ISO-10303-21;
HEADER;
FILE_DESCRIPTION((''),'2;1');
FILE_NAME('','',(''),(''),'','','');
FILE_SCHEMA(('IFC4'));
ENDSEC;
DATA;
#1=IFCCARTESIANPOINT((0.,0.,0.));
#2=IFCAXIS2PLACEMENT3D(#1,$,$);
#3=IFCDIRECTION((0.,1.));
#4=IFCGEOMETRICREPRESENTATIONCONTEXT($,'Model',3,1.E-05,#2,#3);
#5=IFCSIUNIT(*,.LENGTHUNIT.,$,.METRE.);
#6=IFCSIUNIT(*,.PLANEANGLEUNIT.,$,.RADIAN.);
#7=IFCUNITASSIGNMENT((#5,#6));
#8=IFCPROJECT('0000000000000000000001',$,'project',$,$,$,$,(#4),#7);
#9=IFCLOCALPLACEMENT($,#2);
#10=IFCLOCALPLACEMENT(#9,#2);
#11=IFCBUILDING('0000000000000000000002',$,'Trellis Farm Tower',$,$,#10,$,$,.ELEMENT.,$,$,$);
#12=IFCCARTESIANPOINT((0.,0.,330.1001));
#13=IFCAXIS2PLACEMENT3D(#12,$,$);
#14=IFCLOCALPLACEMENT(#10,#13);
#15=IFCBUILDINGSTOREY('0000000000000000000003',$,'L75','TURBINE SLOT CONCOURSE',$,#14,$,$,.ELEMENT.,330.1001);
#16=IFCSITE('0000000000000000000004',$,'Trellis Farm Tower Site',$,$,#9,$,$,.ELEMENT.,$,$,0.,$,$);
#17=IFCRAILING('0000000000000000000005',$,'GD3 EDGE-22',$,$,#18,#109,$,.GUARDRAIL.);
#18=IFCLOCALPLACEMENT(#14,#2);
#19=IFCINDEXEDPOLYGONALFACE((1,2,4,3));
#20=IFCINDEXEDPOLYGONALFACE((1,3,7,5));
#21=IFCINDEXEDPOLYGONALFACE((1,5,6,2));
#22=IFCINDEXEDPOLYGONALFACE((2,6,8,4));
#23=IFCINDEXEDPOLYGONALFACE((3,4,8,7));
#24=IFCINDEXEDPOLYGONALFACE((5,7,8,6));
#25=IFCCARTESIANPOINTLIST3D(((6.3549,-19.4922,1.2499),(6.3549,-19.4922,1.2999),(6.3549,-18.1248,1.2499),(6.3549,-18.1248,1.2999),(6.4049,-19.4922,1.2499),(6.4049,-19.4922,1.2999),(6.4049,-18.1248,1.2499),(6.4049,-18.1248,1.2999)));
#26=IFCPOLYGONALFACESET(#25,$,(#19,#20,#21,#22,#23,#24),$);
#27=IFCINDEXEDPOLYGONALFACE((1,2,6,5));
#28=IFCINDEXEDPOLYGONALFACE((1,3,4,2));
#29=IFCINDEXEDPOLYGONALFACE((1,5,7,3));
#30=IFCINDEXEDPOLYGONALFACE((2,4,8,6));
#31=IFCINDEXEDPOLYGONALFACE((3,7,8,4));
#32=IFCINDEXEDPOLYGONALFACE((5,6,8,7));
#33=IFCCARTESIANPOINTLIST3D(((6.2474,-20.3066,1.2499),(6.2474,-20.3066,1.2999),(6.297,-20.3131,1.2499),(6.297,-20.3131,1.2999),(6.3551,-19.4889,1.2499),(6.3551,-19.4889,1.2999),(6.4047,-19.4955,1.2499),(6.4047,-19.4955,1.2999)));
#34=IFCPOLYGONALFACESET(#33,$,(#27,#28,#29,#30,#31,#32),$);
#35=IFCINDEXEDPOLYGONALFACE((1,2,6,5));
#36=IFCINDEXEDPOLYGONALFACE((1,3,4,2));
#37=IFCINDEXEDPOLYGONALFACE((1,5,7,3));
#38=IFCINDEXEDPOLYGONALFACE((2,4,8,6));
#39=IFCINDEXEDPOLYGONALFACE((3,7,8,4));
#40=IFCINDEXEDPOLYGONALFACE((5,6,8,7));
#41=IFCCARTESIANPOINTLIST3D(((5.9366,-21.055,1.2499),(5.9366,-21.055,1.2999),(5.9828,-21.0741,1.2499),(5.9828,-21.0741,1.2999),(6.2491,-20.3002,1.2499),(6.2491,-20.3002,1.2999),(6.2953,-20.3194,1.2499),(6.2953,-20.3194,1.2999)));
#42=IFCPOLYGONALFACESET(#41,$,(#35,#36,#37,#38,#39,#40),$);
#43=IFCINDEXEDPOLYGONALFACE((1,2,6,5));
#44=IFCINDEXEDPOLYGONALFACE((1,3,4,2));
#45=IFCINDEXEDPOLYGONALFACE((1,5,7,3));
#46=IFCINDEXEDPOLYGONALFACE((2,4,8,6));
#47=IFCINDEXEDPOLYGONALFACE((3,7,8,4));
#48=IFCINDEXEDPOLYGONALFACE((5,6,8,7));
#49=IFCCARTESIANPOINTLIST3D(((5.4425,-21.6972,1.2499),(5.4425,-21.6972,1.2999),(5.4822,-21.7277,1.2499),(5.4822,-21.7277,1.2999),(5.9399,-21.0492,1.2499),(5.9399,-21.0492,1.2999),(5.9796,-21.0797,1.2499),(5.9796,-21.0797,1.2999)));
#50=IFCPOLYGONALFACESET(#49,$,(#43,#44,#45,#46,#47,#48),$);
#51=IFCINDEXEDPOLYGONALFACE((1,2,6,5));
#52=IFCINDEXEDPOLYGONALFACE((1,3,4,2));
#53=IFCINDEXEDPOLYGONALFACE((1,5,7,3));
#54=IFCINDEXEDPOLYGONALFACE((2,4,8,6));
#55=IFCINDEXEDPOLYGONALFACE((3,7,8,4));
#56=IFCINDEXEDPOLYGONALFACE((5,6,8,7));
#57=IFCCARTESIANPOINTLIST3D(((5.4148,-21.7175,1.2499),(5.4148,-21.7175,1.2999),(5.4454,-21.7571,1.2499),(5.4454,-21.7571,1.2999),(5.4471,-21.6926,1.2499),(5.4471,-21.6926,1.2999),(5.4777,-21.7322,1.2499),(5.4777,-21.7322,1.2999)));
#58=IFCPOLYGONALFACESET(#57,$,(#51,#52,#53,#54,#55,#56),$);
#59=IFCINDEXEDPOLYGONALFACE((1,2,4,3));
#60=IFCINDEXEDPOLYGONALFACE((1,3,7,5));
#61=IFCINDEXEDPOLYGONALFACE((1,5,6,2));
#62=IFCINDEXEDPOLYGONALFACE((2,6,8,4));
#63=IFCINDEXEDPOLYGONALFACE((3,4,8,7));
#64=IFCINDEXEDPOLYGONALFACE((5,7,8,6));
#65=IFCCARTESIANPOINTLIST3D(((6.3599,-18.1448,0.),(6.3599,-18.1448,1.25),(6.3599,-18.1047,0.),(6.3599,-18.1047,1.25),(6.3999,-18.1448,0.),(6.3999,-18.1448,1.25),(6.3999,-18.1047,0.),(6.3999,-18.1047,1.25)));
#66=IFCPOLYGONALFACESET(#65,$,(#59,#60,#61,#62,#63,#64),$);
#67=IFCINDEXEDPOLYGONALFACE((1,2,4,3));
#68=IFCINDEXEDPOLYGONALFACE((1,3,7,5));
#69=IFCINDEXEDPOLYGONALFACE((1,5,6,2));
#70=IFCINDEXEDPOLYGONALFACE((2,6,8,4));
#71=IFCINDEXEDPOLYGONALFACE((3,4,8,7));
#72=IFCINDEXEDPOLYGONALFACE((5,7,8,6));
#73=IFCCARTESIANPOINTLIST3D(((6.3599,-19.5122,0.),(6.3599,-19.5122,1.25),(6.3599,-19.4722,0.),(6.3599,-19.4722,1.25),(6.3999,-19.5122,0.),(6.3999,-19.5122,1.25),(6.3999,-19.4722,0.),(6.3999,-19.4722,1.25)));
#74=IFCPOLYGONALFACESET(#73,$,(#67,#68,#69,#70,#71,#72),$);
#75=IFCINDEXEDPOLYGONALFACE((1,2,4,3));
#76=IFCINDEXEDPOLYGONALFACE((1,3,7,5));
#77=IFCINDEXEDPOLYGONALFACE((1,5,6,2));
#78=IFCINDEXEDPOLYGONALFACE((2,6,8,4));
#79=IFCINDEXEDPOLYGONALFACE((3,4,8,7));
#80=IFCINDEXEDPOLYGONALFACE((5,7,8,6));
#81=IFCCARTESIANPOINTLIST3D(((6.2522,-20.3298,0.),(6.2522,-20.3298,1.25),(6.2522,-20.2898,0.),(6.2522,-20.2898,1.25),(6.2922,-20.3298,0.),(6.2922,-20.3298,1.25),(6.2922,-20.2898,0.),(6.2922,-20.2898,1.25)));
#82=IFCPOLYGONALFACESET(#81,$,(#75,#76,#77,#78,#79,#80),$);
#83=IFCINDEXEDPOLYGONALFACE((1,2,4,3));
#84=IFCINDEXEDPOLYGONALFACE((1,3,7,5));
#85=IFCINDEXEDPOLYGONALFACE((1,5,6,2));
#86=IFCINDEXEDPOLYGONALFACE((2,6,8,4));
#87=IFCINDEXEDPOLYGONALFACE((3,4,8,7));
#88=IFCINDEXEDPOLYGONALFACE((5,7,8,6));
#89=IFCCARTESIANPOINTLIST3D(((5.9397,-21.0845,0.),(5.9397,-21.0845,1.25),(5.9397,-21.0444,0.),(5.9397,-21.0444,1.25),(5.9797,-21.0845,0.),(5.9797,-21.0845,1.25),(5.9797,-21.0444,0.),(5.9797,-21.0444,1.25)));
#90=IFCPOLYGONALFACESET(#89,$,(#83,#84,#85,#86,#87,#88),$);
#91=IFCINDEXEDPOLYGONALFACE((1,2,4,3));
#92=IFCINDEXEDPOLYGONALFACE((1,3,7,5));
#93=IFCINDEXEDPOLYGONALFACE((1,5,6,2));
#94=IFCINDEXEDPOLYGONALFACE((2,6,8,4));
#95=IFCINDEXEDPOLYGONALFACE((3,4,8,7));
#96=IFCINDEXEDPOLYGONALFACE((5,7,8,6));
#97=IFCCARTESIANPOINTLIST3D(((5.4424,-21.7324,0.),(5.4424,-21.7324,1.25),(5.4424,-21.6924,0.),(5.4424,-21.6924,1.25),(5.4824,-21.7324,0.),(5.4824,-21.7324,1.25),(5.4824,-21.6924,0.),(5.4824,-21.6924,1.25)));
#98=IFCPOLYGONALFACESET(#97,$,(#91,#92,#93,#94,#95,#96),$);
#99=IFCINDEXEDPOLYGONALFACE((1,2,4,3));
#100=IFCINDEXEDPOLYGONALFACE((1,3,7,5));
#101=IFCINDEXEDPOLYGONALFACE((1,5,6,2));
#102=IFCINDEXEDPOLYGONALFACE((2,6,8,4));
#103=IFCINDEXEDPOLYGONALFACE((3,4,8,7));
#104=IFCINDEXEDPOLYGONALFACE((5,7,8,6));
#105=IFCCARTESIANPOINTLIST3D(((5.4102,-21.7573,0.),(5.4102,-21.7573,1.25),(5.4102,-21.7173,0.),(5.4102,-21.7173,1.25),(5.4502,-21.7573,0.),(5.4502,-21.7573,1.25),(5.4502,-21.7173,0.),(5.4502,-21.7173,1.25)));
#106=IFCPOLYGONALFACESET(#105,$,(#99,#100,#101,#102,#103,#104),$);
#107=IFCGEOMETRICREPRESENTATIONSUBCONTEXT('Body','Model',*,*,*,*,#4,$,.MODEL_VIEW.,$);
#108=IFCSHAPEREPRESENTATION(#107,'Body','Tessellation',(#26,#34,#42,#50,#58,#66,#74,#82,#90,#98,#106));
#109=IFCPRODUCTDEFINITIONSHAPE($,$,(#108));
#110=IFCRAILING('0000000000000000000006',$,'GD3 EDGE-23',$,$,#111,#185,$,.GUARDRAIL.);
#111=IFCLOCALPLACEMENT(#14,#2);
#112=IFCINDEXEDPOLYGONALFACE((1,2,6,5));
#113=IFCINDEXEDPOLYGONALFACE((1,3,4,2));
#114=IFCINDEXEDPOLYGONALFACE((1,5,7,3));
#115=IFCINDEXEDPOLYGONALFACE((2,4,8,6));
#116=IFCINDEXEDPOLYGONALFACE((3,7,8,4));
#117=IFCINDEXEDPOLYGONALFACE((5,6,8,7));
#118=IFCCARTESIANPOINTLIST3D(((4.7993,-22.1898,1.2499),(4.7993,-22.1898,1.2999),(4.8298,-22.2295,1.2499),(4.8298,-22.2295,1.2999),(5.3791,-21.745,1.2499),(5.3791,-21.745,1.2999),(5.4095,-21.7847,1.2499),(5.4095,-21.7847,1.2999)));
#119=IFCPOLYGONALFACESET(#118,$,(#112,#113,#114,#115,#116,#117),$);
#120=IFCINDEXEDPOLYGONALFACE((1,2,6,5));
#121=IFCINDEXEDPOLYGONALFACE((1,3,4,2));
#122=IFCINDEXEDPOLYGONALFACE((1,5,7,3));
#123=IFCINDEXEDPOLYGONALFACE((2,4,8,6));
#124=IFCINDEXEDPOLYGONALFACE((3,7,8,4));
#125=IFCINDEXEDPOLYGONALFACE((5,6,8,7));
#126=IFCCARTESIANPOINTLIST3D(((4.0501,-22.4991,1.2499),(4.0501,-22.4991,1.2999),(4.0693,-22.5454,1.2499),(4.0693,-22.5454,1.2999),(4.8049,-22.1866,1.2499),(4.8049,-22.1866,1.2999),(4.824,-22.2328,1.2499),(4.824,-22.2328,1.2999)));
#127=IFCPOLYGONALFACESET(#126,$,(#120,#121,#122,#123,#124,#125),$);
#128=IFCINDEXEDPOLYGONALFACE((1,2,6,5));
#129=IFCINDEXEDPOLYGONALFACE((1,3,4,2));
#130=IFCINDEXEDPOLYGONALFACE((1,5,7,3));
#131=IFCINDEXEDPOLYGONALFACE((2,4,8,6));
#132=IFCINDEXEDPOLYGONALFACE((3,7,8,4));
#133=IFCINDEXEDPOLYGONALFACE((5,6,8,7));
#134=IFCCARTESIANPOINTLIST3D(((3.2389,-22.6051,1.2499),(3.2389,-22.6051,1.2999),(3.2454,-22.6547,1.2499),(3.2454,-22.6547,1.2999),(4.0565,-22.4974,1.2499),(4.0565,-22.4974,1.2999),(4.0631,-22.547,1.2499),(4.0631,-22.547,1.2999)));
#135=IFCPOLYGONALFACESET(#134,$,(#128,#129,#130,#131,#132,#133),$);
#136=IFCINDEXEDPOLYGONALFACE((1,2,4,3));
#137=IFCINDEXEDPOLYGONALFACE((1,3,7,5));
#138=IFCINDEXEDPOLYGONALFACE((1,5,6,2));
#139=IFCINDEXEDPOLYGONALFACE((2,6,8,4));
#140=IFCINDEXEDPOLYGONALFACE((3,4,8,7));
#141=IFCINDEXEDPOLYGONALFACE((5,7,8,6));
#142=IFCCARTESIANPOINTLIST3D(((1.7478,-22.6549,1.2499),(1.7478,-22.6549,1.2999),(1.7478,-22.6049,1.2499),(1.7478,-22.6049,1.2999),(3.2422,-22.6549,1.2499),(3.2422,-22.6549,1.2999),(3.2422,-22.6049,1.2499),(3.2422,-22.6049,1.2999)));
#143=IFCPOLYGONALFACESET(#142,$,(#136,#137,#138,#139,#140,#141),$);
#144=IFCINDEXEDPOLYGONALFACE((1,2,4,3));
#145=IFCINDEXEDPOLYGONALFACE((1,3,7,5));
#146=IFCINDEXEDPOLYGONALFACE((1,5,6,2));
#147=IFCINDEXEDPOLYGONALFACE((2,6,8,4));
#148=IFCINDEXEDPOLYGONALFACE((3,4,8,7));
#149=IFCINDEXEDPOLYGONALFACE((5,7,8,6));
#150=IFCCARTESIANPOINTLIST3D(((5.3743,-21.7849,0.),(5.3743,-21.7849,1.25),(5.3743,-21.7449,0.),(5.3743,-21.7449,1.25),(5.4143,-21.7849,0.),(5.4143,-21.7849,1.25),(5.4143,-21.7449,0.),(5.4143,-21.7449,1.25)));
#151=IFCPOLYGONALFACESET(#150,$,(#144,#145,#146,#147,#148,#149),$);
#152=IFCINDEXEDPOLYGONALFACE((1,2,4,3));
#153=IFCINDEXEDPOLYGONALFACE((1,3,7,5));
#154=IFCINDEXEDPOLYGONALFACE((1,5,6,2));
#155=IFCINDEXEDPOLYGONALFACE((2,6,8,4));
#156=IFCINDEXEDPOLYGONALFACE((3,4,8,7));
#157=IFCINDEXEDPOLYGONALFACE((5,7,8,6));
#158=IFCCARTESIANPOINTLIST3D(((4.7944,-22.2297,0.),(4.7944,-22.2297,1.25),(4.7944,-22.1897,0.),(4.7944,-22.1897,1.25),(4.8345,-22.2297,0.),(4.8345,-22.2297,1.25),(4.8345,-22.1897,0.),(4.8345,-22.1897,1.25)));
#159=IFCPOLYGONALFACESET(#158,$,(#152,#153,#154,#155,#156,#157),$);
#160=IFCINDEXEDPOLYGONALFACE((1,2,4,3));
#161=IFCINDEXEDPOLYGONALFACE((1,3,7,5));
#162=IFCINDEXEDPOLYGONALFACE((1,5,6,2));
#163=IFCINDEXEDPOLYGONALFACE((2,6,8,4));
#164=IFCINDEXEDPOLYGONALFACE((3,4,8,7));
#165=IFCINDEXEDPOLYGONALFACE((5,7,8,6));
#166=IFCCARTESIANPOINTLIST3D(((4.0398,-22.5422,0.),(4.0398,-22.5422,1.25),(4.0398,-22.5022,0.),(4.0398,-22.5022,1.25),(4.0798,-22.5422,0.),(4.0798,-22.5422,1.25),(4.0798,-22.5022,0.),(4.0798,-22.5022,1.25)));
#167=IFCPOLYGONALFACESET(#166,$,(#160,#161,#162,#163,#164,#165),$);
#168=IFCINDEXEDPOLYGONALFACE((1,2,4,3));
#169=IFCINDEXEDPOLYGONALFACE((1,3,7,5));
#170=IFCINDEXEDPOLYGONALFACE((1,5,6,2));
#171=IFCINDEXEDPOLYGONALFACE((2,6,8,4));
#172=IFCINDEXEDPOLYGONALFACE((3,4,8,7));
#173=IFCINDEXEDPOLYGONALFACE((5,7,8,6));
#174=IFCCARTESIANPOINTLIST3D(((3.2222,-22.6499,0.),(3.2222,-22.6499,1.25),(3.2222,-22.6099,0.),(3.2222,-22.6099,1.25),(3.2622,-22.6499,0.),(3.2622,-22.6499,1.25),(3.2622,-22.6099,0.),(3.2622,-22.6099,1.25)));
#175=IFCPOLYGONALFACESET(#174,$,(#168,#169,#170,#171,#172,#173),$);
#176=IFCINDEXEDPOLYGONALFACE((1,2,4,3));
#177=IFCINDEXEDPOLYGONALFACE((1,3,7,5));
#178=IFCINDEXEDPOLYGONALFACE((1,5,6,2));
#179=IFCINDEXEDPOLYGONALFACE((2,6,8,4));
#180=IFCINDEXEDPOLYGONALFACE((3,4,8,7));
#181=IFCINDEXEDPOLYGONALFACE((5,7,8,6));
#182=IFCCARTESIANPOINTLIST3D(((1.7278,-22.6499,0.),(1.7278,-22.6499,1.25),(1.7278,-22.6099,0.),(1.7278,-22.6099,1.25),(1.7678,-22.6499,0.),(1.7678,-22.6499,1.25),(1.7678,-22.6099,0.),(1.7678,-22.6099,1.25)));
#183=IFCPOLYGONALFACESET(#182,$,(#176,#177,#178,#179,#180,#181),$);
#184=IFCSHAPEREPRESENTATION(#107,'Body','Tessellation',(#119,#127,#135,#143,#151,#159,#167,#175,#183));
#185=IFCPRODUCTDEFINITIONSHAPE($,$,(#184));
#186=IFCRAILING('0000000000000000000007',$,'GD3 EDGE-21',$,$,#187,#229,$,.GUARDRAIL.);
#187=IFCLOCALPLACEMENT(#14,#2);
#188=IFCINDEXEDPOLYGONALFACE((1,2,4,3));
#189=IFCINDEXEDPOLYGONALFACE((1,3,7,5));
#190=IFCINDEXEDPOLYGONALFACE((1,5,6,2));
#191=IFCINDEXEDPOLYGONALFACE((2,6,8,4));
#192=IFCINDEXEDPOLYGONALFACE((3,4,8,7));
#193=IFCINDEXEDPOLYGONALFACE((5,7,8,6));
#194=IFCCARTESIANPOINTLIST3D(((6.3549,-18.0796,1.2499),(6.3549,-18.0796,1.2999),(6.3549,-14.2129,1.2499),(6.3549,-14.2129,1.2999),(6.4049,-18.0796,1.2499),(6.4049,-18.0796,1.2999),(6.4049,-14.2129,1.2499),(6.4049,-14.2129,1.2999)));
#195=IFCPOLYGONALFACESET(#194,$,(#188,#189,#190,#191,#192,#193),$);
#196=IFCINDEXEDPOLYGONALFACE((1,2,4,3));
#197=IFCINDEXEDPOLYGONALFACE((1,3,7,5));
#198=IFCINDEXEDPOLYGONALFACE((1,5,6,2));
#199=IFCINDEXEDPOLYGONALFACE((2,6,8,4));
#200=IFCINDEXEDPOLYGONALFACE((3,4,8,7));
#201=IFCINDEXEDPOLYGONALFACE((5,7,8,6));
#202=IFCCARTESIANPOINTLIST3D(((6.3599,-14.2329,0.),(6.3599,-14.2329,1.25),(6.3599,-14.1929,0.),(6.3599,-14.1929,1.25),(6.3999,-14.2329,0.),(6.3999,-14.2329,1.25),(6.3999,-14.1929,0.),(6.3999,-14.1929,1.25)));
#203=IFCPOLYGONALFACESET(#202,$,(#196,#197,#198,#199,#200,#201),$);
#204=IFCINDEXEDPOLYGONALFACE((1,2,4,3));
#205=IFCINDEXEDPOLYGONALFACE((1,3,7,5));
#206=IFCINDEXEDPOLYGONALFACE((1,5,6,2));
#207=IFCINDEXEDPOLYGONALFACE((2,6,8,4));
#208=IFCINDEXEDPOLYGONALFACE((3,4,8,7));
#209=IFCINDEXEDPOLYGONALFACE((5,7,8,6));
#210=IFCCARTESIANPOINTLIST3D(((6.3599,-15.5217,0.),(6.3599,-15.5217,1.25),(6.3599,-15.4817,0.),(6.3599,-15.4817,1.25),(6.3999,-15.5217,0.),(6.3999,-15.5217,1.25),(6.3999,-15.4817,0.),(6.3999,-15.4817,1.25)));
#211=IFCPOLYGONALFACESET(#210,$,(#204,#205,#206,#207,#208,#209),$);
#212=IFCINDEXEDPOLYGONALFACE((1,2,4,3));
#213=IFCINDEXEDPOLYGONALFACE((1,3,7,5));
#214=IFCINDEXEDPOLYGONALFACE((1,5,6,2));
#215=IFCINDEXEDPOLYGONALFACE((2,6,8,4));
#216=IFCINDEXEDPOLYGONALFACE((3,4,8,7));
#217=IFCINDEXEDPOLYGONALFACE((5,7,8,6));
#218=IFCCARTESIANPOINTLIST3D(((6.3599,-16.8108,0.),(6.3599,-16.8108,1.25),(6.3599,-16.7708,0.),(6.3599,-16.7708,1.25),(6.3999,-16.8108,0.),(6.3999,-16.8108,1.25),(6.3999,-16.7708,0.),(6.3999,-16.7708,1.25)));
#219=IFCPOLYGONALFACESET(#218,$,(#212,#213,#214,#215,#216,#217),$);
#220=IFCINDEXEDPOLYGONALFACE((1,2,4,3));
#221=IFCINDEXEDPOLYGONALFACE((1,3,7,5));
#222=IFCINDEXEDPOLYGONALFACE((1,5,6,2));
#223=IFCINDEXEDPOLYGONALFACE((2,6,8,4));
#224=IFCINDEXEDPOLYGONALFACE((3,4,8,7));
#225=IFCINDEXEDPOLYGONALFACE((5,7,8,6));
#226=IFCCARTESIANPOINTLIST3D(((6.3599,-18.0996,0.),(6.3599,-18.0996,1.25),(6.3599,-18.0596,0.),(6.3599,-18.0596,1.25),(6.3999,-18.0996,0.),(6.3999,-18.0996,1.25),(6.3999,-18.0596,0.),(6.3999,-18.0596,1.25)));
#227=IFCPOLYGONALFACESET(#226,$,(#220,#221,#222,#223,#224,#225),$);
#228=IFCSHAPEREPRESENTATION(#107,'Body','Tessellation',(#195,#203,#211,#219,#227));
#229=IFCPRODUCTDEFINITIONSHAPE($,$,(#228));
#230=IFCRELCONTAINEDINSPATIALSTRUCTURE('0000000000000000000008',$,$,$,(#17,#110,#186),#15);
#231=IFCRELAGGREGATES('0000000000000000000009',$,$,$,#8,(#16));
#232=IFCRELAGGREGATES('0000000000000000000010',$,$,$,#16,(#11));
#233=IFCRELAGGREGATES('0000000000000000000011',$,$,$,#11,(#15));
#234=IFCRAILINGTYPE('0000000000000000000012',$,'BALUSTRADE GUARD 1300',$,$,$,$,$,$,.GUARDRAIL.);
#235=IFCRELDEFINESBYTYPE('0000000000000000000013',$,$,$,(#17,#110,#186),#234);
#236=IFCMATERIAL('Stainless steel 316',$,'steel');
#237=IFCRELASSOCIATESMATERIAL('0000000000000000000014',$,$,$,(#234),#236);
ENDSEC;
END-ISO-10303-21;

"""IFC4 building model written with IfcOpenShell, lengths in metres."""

from ifc_helpers import new_model, si_unit, direction, frame, origin, origin_2d, place, context, subcontext, project, spatial, rectangle, extrude, source, transform, mapped, material, type_object, element, save


model = new_model("IFC4")

# Units and contexts
model_context = context("Model", 3, precision=1e-05, world=origin(), true_north=direction((0.0, 1.0)))
body_context = subcontext(model_context, "Body", "Model", "MODEL_VIEW")
ifc_project = project(units=[si_unit("LENGTHUNIT", "METRE"), si_unit("PLANEANGLEUNIT", "RADIAN")], contexts=[model_context])

# Site, building, storey
site_placement = place(None, origin())
site = spatial("IfcSite", under=ifc_project, at=site_placement, Name="Trellis Farm Tower Site", CompositionType="ELEMENT", RefElevation=0.0)
building_placement = place(site_placement, origin())
building = spatial("IfcBuilding", under=site, at=building_placement, Name="Trellis Farm Tower", CompositionType="ELEMENT")
storey_placement = place(building_placement, frame((0.0, 0.0, 330.1001)))
storey = spatial("IfcBuildingStorey", under=building, at=storey_placement, Name="L75", Description="TURBINE SLOT CONCOURSE", CompositionType="ELEMENT", Elevation=330.1001)

# Railings
ifc_material_1 = material(Name="Stainless steel 316", Category="steel")
railing_type = type_object("IfcRailingType", Name="BALUSTRADE GUARD 1300", PredefinedType="GUARDRAIL", material=ifc_material_1)
railing_1_placement = place(storey_placement, frame((6.3799, -18.1248, 0.0)))
element("IfcRailing", 1, at=railing_1_placement, inside=storey, type_object=railing_type, Name="GD3 EDGE-22", PredefinedType="GUARDRAIL", context=body_context, shape_type="SweptSolid", body=[
    extrude(rectangle(XDim=0.05, YDim=0.05, at=origin_2d()), frame((0.0, 0.0, 1.2749), z_axis=(0.0, -1.0, 0.0), x_axis=(1.0, 0.0, 0.0)), (0.0, 0.0, 1.0), 1.3674),
    extrude(rectangle(XDim=0.05, YDim=0.05, at=origin_2d()), frame((0.0, -1.3674, 1.2749), z_axis=(-0.130554, -0.991441, 0.0), x_axis=(0.991441, -0.130554, 0.0)), (0.0, 0.0, 1.0), 0.8247),
    extrude(rectangle(XDim=0.05, YDim=0.05, at=origin_2d()), frame((-0.1077, -2.1851, 1.2749), z_axis=(-0.382598, -0.923915, 0.0), x_axis=(0.923915, -0.382598, 0.0)), (0.0, 0.0, 1.0), 0.8169),
    extrude(rectangle(XDim=0.05, YDim=0.05, at=origin_2d()), frame((-0.4202, -2.9397, 1.2749), z_axis=(-0.608858, -0.793279, 0.0), x_axis=(0.793279, -0.608858, 0.0)), (0.0, 0.0, 1.0), 0.8169),
    extrude(rectangle(XDim=0.05, YDim=0.05, at=origin_2d()), frame((-0.9175, -3.5876, 1.2749), z_axis=(-0.791285, -0.611448, 0.0), x_axis=(0.611448, -0.791285, 0.0)), (0.0, 0.0, 1.0), 0.0408),
    extrude(rectangle(XDim=0.04, YDim=0.04, at=origin_2d()), origin(), (0.0, 0.0, 1.0), 1.25),
    extrude(rectangle(XDim=0.04, YDim=0.04, at=origin_2d()), frame((0.0, -1.3674, 0.0)), (0.0, 0.0, 1.0), 1.25),
    extrude(rectangle(XDim=0.04, YDim=0.04, at=origin_2d()), frame((-0.1077, -2.1851, 0.0)), (0.0, 0.0, 1.0), 1.25),
    extrude(rectangle(XDim=0.04, YDim=0.04, at=origin_2d()), frame((-0.4202, -2.9397, 0.0)), (0.0, 0.0, 1.0), 1.25),
    extrude(rectangle(XDim=0.04, YDim=0.04, at=origin_2d()), frame((-0.9175, -3.5876, 0.0)), (0.0, 0.0, 1.0), 1.25),
    extrude(rectangle(XDim=0.04, YDim=0.04, at=origin_2d()), frame((-0.9497, -3.6125, 0.0)), (0.0, 0.0, 1.0), 1.25),
])
railing_2_placement = place(storey_placement, frame((5.3943, -21.7649, 0.0)))
element("IfcRailing", 2, at=railing_2_placement, inside=storey, type_object=railing_type, Name="GD3 EDGE-23", PredefinedType="GUARDRAIL", context=body_context, shape_type="SweptSolid", body=[
    extrude(rectangle(XDim=0.05, YDim=0.05, at=origin_2d()), frame((0.0, 0.0, 1.2749), z_axis=(-0.793418, -0.608677, 0.0), x_axis=(0.608677, -0.793418, 0.0)), (0.0, 0.0, 1.0), 0.7307),
    extrude(rectangle(XDim=0.05, YDim=0.05, at=origin_2d()), frame((-0.5798, -0.4448, 1.2749), z_axis=(-0.923915, -0.382598, 0.0), x_axis=(0.382598, -0.923915, 0.0)), (0.0, 0.0, 1.0), 0.8169),
    extrude(rectangle(XDim=0.05, YDim=0.05, at=origin_2d()), frame((-1.3345, -0.7573, 1.2749), z_axis=(-0.991441, -0.130554, 0.0), x_axis=(0.130554, -0.991441, 0.0)), (0.0, 0.0, 1.0), 0.8247),
    extrude(rectangle(XDim=0.05, YDim=0.05, at=origin_2d()), frame((-2.1521, -0.865, 1.2749), z_axis=(-1.0, 0.0, 0.0), x_axis=(0.0, -1.0, 0.0)), (0.0, 0.0, 1.0), 1.4944),
    extrude(rectangle(XDim=0.04, YDim=0.04, at=origin_2d()), origin(), (0.0, 0.0, 1.0), 1.25),
    extrude(rectangle(XDim=0.04, YDim=0.04, at=origin_2d()), frame((-0.5798, -0.4448, 0.0)), (0.0, 0.0, 1.0), 1.25),
    extrude(rectangle(XDim=0.04, YDim=0.04, at=origin_2d()), frame((-1.3345, -0.7573, 0.0)), (0.0, 0.0, 1.0), 1.25),
    extrude(rectangle(XDim=0.04, YDim=0.04, at=origin_2d()), frame((-2.1521, -0.865, 0.0)), (0.0, 0.0, 1.0), 1.25),
    extrude(rectangle(XDim=0.04, YDim=0.04, at=origin_2d()), frame((-3.6465, -0.865, 0.0)), (0.0, 0.0, 1.0), 1.25),
])
shared_shape_1 = source(origin(), body_context, "Body", "SweptSolid", [
    extrude(rectangle(XDim=0.05, YDim=0.05, at=origin_2d()), frame((0.0, 0.0, 1.2749), z_axis=(0.0, -1.0, 0.0), x_axis=(1.0, 0.0, 0.0)), (0.0, 0.0, 1.0), 3.8667),
    extrude(rectangle(XDim=0.04, YDim=0.04, at=origin_2d()), origin(), (0.0, 0.0, 1.0), 1.25),
    extrude(rectangle(XDim=0.04, YDim=0.04, at=origin_2d()), frame((0.0, -1.2888, 0.0)), (0.0, 0.0, 1.0), 1.25),
    extrude(rectangle(XDim=0.04, YDim=0.04, at=origin_2d()), frame((0.0, -2.5779, 0.0)), (0.0, 0.0, 1.0), 1.25),
    extrude(rectangle(XDim=0.04, YDim=0.04, at=origin_2d()), frame((0.0, -3.8667, 0.0)), (0.0, 0.0, 1.0), 1.25),
])
railing_3_placement = place(storey_placement, frame((6.3799, -14.2129, 0.0)))
element("IfcRailing", 3, at=railing_3_placement, inside=storey, type_object=railing_type, Name="GD3 EDGE-21", PredefinedType="GUARDRAIL", context=body_context, shape_type="MappedRepresentation", body=[
    mapped(shared_shape_1, transform((0.0, 0.0, 0.0))),
])

save(model, "model.ifc")
